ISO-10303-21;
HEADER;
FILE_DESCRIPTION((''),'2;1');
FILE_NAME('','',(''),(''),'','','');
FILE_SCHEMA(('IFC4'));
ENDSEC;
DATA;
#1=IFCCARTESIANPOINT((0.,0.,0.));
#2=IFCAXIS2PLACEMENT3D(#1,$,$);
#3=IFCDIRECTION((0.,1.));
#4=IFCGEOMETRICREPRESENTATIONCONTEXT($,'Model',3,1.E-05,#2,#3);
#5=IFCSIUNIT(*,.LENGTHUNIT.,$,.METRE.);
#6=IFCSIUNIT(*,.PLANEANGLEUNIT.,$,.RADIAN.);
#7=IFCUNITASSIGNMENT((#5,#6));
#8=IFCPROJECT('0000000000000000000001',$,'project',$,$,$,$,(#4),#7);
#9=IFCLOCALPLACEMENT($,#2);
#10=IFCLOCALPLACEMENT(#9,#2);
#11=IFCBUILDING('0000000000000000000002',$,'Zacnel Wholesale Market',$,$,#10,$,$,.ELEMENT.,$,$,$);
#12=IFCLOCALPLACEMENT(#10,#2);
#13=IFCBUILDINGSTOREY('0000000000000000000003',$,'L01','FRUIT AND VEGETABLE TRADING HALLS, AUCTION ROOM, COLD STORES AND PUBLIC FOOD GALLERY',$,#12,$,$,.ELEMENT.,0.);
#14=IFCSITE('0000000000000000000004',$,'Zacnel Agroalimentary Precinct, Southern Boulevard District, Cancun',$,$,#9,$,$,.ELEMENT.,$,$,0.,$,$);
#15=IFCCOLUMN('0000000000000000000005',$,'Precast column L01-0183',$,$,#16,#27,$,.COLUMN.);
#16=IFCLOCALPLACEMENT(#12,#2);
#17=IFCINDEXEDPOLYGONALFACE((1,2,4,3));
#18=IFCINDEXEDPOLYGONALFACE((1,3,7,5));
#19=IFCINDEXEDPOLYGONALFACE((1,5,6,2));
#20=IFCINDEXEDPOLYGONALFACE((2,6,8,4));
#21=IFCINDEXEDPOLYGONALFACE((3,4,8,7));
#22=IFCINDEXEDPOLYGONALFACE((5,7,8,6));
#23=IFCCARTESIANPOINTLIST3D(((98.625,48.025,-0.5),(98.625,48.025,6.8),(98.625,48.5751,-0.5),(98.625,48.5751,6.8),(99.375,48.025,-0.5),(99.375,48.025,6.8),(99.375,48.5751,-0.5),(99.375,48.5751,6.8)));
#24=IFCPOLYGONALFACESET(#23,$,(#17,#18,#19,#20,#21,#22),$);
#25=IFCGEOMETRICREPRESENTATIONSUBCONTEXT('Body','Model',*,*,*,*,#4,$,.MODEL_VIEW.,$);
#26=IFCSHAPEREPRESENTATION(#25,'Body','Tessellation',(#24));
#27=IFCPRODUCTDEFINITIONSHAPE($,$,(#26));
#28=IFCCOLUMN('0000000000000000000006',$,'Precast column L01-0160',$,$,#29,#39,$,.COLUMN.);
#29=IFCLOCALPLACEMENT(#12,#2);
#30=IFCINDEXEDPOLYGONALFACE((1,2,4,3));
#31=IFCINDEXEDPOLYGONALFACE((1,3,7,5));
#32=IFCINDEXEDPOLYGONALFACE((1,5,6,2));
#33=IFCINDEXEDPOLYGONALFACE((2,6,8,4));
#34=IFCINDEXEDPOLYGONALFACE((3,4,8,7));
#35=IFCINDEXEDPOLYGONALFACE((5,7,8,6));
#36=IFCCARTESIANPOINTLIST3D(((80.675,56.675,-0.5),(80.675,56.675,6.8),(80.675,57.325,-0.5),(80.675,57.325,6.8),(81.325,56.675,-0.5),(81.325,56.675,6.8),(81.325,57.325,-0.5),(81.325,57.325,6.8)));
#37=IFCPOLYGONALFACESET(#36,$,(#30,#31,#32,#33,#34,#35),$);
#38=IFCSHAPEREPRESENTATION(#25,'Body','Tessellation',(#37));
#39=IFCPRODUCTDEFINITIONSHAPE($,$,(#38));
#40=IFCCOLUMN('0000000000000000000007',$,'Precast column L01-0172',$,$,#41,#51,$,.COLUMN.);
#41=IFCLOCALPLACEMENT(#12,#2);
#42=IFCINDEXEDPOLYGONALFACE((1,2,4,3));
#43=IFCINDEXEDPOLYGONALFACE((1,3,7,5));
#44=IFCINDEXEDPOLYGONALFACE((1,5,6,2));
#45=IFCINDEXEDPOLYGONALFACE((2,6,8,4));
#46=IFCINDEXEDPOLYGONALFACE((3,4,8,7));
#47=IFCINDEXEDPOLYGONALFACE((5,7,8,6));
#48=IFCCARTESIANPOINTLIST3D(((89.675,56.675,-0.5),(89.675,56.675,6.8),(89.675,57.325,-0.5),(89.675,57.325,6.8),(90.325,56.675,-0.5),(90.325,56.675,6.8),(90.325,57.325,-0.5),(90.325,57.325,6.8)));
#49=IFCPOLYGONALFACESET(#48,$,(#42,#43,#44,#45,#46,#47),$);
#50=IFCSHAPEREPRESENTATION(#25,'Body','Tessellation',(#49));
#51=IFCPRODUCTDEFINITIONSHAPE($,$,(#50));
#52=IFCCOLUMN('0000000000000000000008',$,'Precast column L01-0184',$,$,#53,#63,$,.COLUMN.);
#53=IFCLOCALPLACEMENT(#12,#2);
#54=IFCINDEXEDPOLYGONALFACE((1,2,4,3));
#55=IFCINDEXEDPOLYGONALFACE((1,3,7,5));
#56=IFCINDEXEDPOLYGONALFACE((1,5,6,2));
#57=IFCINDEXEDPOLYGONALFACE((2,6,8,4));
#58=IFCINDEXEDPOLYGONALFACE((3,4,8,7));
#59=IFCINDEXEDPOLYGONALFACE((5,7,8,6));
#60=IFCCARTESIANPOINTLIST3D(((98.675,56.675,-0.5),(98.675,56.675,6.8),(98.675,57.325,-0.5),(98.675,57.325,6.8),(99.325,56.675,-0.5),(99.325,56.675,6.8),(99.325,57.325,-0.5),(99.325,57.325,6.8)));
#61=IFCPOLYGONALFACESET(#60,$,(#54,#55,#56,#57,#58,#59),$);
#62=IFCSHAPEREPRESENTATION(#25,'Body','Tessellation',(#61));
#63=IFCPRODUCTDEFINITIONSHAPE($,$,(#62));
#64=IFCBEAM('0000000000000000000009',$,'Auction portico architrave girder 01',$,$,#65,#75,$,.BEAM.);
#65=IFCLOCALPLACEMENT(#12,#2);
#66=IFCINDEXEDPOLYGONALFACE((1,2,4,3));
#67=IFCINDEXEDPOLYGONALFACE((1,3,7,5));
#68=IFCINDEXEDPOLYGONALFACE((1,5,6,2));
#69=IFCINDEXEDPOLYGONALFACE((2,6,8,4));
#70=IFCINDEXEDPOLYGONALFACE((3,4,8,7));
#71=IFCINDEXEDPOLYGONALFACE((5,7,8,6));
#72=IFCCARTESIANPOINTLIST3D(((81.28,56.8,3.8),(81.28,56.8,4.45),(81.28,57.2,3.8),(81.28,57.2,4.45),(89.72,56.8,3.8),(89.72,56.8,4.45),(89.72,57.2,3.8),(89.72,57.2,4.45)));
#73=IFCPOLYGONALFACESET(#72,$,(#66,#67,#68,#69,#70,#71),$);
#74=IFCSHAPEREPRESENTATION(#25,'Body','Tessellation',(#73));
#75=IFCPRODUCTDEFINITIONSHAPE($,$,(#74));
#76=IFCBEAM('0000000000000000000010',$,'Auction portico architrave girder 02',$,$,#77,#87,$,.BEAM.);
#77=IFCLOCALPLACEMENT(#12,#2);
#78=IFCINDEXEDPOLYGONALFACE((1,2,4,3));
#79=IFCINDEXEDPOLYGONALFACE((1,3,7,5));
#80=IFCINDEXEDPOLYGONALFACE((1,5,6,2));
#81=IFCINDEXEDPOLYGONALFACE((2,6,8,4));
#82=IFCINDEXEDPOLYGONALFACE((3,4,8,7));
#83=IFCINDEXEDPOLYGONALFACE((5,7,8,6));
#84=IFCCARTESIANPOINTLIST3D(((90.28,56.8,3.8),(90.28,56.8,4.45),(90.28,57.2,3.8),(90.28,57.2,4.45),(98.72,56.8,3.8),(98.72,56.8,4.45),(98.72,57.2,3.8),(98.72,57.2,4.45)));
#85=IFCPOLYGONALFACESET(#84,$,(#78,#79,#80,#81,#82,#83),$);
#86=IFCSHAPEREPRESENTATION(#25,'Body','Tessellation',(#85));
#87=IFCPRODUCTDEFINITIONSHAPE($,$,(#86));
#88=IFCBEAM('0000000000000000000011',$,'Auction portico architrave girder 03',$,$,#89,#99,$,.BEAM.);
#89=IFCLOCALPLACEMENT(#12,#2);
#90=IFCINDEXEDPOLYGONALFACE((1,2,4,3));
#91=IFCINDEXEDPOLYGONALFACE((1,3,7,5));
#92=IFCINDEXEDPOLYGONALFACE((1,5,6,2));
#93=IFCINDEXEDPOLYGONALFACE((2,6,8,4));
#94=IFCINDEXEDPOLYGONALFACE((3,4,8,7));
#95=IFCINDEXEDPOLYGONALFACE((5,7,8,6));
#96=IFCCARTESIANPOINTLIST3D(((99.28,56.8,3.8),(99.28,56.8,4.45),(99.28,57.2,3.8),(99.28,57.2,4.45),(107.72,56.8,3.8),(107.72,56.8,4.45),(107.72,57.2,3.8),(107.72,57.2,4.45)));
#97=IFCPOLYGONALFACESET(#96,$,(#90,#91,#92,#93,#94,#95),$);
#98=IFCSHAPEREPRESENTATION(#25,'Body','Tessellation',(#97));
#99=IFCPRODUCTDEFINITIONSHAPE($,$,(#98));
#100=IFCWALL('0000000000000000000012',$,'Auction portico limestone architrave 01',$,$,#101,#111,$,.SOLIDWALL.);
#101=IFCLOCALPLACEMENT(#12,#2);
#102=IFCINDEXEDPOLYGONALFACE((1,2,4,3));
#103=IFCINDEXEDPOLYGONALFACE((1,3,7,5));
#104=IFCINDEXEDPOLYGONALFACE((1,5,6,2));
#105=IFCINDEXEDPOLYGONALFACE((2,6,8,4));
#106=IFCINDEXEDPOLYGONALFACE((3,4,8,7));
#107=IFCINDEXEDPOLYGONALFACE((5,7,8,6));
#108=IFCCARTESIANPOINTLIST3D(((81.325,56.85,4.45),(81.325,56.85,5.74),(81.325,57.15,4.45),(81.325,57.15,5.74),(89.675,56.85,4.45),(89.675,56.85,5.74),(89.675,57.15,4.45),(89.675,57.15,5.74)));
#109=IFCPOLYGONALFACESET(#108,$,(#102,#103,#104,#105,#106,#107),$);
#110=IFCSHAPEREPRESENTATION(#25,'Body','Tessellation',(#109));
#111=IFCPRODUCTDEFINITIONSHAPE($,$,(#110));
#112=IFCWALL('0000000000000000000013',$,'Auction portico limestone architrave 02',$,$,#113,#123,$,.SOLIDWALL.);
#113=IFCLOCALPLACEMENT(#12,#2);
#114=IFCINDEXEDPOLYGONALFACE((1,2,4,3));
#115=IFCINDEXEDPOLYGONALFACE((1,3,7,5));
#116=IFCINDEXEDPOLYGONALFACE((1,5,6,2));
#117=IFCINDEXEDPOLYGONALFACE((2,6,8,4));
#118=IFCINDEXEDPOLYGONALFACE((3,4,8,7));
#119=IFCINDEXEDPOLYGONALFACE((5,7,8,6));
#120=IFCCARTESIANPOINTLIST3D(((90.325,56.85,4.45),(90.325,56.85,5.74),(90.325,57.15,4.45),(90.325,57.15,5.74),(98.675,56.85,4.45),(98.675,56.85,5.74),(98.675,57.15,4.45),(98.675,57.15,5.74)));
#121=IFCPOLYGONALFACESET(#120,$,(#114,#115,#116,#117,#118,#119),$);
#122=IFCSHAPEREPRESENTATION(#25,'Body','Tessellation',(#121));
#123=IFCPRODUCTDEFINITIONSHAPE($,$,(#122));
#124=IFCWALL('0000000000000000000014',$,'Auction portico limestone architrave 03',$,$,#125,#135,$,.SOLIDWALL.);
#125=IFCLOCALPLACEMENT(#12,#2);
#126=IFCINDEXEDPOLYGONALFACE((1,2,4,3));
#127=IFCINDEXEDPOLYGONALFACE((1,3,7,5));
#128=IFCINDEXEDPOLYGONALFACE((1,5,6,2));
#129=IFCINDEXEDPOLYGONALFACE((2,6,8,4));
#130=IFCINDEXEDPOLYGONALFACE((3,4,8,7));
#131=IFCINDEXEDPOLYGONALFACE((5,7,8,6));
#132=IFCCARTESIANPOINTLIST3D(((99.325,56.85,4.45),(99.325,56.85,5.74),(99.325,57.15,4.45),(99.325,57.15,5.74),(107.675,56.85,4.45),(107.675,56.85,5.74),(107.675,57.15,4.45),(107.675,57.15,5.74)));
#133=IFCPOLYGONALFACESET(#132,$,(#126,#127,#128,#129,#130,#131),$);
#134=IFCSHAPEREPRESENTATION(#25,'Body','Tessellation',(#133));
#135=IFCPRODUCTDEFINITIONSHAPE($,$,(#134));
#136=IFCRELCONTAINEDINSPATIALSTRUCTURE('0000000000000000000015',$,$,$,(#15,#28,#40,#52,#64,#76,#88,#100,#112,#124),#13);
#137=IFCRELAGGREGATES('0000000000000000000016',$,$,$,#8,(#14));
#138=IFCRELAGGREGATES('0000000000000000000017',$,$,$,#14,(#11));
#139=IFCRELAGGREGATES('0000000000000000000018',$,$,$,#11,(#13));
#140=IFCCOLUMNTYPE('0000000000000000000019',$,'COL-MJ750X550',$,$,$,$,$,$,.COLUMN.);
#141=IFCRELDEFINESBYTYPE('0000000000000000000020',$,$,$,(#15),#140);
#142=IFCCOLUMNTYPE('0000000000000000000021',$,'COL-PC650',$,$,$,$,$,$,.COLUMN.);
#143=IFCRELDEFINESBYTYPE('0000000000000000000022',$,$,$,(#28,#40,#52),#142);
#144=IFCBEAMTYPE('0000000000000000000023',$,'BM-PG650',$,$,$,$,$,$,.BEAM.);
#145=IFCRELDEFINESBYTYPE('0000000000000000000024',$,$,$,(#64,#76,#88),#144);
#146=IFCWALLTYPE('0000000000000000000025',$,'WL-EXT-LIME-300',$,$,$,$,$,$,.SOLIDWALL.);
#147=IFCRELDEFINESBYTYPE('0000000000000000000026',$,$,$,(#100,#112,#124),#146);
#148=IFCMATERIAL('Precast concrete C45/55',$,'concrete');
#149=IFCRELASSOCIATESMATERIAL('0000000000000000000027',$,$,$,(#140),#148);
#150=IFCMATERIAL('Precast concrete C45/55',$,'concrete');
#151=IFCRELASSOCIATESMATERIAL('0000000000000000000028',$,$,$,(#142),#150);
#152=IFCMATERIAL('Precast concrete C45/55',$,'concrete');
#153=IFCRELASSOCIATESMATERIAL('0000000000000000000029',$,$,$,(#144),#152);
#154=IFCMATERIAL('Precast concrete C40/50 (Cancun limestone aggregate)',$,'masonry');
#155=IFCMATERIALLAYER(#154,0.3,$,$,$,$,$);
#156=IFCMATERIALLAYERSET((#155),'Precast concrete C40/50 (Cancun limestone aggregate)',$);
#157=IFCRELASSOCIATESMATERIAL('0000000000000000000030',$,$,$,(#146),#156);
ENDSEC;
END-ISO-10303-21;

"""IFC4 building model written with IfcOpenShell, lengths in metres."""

from ifc_helpers import new_model, si_unit, direction, frame, frame_2d, origin, origin_2d, place, context, subcontext, project, spatial, rectangle, extrude, material, layer, layer_set, material_profile, profile_set, type_object, element, save


model = new_model("IFC4")

# Units and contexts
model_context = context("Model", 3, precision=1e-05, world=origin(), true_north=direction((0.0, 1.0)))
body_context = subcontext(model_context, "Body", "Model", "MODEL_VIEW")
ifc_project = project(units=[si_unit("LENGTHUNIT", "METRE"), si_unit("PLANEANGLEUNIT", "RADIAN")], contexts=[model_context])

# Site, building, storey
site_placement = place(None, origin())
site = spatial("IfcSite", under=ifc_project, at=site_placement, Name="Zacnel Agroalimentary Precinct, Southern Boulevard District, Cancun", CompositionType="ELEMENT", RefElevation=0.0)
building_placement = place(site_placement, origin())
building = spatial("IfcBuilding", under=site, at=building_placement, Name="Zacnel Wholesale Market", CompositionType="ELEMENT")
storey_placement = place(building_placement, origin())
storey = spatial("IfcBuildingStorey", under=building, at=storey_placement, Name="L01", Description="FRUIT AND VEGETABLE TRADING HALLS, AUCTION ROOM, COLD STORES AND PUBLIC FOOD GALLERY", CompositionType="ELEMENT", Elevation=0.0)

# Columns
ifc_material_1 = material(Name="Precast concrete C45/55", Category="concrete")
ifc_material_profile_1 = material_profile(ifc_material_1, rectangle(XDim=0.75, YDim=0.55, at=origin_2d()), Name="PC 750x550")
ifc_profile_set_1 = profile_set([ifc_material_profile_1], Name="Precast concrete C45/55")
column_type_1 = type_object("IfcColumnType", Name="COL-MJ750X550", PredefinedType="COLUMN", material=ifc_profile_set_1)
for number, where, z_axis, x_axis, name in (
    (1, (99.0, 48.3, -0.5), (0.0, 0.0, 1.0), (1.0, 0.0, 0.0), "Precast column L01-0183"),
):
    element("IfcColumn", number, at=place(storey_placement, frame(where, z_axis=z_axis, x_axis=x_axis)), inside=storey, type_object=column_type_1, Name=name, PredefinedType="COLUMN", context=body_context, shape_type="SweptSolid", body=[
        extrude(rectangle(XDim=0.75, YDim=0.55, at=origin_2d()), origin(), (0.0, 0.0, 1.0), 7.3),
    ])
ifc_material_2 = material(Name="Precast concrete C45/55", Category="concrete")
ifc_material_profile_2 = material_profile(ifc_material_2, rectangle(XDim=0.6499, YDim=0.6499, at=origin_2d()), Name="PC 650x650")
ifc_profile_set_2 = profile_set([ifc_material_profile_2], Name="Precast concrete C45/55")
column_type_2 = type_object("IfcColumnType", Name="COL-PC650", PredefinedType="COLUMN", material=ifc_profile_set_2)
for number, where, z_axis, x_axis, name in (
    (2, (81.0, 57.0, -0.5), (0.0, 0.0, 1.0), (1.0, 0.0, 0.0), "Precast column L01-0160"),
    (3, (90.0, 57.0, -0.5), (0.0, 0.0, 1.0), (1.0, 0.0, 0.0), "Precast column L01-0172"),
    (4, (99.0, 57.0, -0.5), (0.0, 0.0, 1.0), (1.0, 0.0, 0.0), "Precast column L01-0184"),
):
    element("IfcColumn", number, at=place(storey_placement, frame(where, z_axis=z_axis, x_axis=x_axis)), inside=storey, type_object=column_type_2, Name=name, PredefinedType="COLUMN", context=body_context, shape_type="SweptSolid", body=[
        extrude(rectangle(XDim=0.6499, YDim=0.6499, at=origin_2d()), origin(), (0.0, 0.0, 1.0), 7.3),
    ])

# Beams
ifc_material_3 = material(Name="Precast concrete C45/55", Category="concrete")
ifc_material_profile_3 = material_profile(ifc_material_3, rectangle(XDim=0.3999, YDim=0.6499, at=origin_2d()), Name="PG 400x650")
ifc_profile_set_3 = profile_set([ifc_material_profile_3], Name="Precast concrete C45/55")
beam_type = type_object("IfcBeamType", Name="BM-PG650", PredefinedType="BEAM", material=ifc_profile_set_3)
for number, where, z_axis, x_axis, name in (
    (5, (81.28, 57.0, 4.125), (1.0, 0.0, 0.0), (0.0, 1.0, 0.0), "Auction portico architrave girder 01"),
    (6, (90.28, 57.0, 4.125), (1.0, 0.0, 0.0), (0.0, 1.0, 0.0), "Auction portico architrave girder 02"),
    (7, (99.28, 57.0, 4.125), (1.0, 0.0, 0.0), (0.0, 1.0, 0.0), "Auction portico architrave girder 03"),
):
    element("IfcBeam", number, at=place(storey_placement, frame(where, z_axis=z_axis, x_axis=x_axis)), inside=storey, type_object=beam_type, Name=name, PredefinedType="BEAM", context=body_context, shape_type="SweptSolid", body=[
        extrude(rectangle(XDim=0.3999, YDim=0.6499, at=origin_2d()), origin(), (0.0, 0.0, 1.0), 8.4399),
    ])

# Walls
ifc_material_4 = material(Name="Precast concrete C40/50 (Cancun limestone aggregate)", Category="masonry")
ifc_layer_1 = layer(ifc_material_4, 0.3)
ifc_layer_set_1 = layer_set([ifc_layer_1], Name="Precast concrete C40/50 (Cancun limestone aggregate)")
wall_type = type_object("IfcWallType", Name="WL-EXT-LIME-300", PredefinedType="SOLIDWALL", material=ifc_layer_set_1)
for number, where, z_axis, x_axis, name in (
    (8, (81.325, 57.0, 4.45), (0.0, 0.0, 1.0), (1.0, 0.0, 0.0), "Auction portico limestone architrave 01"),
    (9, (90.325, 57.0, 4.45), (0.0, 0.0, 1.0), (1.0, 0.0, 0.0), "Auction portico limestone architrave 02"),
    (10, (99.325, 57.0, 4.45), (0.0, 0.0, 1.0), (1.0, 0.0, 0.0), "Auction portico limestone architrave 03"),
):
    element("IfcWall", number, at=place(storey_placement, frame(where, z_axis=z_axis, x_axis=x_axis)), inside=storey, type_object=wall_type, Name=name, PredefinedType="SOLIDWALL", context=body_context, shape_type="SweptSolid", body=[
        extrude(rectangle(XDim=8.3501, YDim=0.3, at=frame_2d((4.175, 0.0))), origin(), (0.0, 0.0, 1.0), 1.29),
    ])

save(model, "model.ifc")
